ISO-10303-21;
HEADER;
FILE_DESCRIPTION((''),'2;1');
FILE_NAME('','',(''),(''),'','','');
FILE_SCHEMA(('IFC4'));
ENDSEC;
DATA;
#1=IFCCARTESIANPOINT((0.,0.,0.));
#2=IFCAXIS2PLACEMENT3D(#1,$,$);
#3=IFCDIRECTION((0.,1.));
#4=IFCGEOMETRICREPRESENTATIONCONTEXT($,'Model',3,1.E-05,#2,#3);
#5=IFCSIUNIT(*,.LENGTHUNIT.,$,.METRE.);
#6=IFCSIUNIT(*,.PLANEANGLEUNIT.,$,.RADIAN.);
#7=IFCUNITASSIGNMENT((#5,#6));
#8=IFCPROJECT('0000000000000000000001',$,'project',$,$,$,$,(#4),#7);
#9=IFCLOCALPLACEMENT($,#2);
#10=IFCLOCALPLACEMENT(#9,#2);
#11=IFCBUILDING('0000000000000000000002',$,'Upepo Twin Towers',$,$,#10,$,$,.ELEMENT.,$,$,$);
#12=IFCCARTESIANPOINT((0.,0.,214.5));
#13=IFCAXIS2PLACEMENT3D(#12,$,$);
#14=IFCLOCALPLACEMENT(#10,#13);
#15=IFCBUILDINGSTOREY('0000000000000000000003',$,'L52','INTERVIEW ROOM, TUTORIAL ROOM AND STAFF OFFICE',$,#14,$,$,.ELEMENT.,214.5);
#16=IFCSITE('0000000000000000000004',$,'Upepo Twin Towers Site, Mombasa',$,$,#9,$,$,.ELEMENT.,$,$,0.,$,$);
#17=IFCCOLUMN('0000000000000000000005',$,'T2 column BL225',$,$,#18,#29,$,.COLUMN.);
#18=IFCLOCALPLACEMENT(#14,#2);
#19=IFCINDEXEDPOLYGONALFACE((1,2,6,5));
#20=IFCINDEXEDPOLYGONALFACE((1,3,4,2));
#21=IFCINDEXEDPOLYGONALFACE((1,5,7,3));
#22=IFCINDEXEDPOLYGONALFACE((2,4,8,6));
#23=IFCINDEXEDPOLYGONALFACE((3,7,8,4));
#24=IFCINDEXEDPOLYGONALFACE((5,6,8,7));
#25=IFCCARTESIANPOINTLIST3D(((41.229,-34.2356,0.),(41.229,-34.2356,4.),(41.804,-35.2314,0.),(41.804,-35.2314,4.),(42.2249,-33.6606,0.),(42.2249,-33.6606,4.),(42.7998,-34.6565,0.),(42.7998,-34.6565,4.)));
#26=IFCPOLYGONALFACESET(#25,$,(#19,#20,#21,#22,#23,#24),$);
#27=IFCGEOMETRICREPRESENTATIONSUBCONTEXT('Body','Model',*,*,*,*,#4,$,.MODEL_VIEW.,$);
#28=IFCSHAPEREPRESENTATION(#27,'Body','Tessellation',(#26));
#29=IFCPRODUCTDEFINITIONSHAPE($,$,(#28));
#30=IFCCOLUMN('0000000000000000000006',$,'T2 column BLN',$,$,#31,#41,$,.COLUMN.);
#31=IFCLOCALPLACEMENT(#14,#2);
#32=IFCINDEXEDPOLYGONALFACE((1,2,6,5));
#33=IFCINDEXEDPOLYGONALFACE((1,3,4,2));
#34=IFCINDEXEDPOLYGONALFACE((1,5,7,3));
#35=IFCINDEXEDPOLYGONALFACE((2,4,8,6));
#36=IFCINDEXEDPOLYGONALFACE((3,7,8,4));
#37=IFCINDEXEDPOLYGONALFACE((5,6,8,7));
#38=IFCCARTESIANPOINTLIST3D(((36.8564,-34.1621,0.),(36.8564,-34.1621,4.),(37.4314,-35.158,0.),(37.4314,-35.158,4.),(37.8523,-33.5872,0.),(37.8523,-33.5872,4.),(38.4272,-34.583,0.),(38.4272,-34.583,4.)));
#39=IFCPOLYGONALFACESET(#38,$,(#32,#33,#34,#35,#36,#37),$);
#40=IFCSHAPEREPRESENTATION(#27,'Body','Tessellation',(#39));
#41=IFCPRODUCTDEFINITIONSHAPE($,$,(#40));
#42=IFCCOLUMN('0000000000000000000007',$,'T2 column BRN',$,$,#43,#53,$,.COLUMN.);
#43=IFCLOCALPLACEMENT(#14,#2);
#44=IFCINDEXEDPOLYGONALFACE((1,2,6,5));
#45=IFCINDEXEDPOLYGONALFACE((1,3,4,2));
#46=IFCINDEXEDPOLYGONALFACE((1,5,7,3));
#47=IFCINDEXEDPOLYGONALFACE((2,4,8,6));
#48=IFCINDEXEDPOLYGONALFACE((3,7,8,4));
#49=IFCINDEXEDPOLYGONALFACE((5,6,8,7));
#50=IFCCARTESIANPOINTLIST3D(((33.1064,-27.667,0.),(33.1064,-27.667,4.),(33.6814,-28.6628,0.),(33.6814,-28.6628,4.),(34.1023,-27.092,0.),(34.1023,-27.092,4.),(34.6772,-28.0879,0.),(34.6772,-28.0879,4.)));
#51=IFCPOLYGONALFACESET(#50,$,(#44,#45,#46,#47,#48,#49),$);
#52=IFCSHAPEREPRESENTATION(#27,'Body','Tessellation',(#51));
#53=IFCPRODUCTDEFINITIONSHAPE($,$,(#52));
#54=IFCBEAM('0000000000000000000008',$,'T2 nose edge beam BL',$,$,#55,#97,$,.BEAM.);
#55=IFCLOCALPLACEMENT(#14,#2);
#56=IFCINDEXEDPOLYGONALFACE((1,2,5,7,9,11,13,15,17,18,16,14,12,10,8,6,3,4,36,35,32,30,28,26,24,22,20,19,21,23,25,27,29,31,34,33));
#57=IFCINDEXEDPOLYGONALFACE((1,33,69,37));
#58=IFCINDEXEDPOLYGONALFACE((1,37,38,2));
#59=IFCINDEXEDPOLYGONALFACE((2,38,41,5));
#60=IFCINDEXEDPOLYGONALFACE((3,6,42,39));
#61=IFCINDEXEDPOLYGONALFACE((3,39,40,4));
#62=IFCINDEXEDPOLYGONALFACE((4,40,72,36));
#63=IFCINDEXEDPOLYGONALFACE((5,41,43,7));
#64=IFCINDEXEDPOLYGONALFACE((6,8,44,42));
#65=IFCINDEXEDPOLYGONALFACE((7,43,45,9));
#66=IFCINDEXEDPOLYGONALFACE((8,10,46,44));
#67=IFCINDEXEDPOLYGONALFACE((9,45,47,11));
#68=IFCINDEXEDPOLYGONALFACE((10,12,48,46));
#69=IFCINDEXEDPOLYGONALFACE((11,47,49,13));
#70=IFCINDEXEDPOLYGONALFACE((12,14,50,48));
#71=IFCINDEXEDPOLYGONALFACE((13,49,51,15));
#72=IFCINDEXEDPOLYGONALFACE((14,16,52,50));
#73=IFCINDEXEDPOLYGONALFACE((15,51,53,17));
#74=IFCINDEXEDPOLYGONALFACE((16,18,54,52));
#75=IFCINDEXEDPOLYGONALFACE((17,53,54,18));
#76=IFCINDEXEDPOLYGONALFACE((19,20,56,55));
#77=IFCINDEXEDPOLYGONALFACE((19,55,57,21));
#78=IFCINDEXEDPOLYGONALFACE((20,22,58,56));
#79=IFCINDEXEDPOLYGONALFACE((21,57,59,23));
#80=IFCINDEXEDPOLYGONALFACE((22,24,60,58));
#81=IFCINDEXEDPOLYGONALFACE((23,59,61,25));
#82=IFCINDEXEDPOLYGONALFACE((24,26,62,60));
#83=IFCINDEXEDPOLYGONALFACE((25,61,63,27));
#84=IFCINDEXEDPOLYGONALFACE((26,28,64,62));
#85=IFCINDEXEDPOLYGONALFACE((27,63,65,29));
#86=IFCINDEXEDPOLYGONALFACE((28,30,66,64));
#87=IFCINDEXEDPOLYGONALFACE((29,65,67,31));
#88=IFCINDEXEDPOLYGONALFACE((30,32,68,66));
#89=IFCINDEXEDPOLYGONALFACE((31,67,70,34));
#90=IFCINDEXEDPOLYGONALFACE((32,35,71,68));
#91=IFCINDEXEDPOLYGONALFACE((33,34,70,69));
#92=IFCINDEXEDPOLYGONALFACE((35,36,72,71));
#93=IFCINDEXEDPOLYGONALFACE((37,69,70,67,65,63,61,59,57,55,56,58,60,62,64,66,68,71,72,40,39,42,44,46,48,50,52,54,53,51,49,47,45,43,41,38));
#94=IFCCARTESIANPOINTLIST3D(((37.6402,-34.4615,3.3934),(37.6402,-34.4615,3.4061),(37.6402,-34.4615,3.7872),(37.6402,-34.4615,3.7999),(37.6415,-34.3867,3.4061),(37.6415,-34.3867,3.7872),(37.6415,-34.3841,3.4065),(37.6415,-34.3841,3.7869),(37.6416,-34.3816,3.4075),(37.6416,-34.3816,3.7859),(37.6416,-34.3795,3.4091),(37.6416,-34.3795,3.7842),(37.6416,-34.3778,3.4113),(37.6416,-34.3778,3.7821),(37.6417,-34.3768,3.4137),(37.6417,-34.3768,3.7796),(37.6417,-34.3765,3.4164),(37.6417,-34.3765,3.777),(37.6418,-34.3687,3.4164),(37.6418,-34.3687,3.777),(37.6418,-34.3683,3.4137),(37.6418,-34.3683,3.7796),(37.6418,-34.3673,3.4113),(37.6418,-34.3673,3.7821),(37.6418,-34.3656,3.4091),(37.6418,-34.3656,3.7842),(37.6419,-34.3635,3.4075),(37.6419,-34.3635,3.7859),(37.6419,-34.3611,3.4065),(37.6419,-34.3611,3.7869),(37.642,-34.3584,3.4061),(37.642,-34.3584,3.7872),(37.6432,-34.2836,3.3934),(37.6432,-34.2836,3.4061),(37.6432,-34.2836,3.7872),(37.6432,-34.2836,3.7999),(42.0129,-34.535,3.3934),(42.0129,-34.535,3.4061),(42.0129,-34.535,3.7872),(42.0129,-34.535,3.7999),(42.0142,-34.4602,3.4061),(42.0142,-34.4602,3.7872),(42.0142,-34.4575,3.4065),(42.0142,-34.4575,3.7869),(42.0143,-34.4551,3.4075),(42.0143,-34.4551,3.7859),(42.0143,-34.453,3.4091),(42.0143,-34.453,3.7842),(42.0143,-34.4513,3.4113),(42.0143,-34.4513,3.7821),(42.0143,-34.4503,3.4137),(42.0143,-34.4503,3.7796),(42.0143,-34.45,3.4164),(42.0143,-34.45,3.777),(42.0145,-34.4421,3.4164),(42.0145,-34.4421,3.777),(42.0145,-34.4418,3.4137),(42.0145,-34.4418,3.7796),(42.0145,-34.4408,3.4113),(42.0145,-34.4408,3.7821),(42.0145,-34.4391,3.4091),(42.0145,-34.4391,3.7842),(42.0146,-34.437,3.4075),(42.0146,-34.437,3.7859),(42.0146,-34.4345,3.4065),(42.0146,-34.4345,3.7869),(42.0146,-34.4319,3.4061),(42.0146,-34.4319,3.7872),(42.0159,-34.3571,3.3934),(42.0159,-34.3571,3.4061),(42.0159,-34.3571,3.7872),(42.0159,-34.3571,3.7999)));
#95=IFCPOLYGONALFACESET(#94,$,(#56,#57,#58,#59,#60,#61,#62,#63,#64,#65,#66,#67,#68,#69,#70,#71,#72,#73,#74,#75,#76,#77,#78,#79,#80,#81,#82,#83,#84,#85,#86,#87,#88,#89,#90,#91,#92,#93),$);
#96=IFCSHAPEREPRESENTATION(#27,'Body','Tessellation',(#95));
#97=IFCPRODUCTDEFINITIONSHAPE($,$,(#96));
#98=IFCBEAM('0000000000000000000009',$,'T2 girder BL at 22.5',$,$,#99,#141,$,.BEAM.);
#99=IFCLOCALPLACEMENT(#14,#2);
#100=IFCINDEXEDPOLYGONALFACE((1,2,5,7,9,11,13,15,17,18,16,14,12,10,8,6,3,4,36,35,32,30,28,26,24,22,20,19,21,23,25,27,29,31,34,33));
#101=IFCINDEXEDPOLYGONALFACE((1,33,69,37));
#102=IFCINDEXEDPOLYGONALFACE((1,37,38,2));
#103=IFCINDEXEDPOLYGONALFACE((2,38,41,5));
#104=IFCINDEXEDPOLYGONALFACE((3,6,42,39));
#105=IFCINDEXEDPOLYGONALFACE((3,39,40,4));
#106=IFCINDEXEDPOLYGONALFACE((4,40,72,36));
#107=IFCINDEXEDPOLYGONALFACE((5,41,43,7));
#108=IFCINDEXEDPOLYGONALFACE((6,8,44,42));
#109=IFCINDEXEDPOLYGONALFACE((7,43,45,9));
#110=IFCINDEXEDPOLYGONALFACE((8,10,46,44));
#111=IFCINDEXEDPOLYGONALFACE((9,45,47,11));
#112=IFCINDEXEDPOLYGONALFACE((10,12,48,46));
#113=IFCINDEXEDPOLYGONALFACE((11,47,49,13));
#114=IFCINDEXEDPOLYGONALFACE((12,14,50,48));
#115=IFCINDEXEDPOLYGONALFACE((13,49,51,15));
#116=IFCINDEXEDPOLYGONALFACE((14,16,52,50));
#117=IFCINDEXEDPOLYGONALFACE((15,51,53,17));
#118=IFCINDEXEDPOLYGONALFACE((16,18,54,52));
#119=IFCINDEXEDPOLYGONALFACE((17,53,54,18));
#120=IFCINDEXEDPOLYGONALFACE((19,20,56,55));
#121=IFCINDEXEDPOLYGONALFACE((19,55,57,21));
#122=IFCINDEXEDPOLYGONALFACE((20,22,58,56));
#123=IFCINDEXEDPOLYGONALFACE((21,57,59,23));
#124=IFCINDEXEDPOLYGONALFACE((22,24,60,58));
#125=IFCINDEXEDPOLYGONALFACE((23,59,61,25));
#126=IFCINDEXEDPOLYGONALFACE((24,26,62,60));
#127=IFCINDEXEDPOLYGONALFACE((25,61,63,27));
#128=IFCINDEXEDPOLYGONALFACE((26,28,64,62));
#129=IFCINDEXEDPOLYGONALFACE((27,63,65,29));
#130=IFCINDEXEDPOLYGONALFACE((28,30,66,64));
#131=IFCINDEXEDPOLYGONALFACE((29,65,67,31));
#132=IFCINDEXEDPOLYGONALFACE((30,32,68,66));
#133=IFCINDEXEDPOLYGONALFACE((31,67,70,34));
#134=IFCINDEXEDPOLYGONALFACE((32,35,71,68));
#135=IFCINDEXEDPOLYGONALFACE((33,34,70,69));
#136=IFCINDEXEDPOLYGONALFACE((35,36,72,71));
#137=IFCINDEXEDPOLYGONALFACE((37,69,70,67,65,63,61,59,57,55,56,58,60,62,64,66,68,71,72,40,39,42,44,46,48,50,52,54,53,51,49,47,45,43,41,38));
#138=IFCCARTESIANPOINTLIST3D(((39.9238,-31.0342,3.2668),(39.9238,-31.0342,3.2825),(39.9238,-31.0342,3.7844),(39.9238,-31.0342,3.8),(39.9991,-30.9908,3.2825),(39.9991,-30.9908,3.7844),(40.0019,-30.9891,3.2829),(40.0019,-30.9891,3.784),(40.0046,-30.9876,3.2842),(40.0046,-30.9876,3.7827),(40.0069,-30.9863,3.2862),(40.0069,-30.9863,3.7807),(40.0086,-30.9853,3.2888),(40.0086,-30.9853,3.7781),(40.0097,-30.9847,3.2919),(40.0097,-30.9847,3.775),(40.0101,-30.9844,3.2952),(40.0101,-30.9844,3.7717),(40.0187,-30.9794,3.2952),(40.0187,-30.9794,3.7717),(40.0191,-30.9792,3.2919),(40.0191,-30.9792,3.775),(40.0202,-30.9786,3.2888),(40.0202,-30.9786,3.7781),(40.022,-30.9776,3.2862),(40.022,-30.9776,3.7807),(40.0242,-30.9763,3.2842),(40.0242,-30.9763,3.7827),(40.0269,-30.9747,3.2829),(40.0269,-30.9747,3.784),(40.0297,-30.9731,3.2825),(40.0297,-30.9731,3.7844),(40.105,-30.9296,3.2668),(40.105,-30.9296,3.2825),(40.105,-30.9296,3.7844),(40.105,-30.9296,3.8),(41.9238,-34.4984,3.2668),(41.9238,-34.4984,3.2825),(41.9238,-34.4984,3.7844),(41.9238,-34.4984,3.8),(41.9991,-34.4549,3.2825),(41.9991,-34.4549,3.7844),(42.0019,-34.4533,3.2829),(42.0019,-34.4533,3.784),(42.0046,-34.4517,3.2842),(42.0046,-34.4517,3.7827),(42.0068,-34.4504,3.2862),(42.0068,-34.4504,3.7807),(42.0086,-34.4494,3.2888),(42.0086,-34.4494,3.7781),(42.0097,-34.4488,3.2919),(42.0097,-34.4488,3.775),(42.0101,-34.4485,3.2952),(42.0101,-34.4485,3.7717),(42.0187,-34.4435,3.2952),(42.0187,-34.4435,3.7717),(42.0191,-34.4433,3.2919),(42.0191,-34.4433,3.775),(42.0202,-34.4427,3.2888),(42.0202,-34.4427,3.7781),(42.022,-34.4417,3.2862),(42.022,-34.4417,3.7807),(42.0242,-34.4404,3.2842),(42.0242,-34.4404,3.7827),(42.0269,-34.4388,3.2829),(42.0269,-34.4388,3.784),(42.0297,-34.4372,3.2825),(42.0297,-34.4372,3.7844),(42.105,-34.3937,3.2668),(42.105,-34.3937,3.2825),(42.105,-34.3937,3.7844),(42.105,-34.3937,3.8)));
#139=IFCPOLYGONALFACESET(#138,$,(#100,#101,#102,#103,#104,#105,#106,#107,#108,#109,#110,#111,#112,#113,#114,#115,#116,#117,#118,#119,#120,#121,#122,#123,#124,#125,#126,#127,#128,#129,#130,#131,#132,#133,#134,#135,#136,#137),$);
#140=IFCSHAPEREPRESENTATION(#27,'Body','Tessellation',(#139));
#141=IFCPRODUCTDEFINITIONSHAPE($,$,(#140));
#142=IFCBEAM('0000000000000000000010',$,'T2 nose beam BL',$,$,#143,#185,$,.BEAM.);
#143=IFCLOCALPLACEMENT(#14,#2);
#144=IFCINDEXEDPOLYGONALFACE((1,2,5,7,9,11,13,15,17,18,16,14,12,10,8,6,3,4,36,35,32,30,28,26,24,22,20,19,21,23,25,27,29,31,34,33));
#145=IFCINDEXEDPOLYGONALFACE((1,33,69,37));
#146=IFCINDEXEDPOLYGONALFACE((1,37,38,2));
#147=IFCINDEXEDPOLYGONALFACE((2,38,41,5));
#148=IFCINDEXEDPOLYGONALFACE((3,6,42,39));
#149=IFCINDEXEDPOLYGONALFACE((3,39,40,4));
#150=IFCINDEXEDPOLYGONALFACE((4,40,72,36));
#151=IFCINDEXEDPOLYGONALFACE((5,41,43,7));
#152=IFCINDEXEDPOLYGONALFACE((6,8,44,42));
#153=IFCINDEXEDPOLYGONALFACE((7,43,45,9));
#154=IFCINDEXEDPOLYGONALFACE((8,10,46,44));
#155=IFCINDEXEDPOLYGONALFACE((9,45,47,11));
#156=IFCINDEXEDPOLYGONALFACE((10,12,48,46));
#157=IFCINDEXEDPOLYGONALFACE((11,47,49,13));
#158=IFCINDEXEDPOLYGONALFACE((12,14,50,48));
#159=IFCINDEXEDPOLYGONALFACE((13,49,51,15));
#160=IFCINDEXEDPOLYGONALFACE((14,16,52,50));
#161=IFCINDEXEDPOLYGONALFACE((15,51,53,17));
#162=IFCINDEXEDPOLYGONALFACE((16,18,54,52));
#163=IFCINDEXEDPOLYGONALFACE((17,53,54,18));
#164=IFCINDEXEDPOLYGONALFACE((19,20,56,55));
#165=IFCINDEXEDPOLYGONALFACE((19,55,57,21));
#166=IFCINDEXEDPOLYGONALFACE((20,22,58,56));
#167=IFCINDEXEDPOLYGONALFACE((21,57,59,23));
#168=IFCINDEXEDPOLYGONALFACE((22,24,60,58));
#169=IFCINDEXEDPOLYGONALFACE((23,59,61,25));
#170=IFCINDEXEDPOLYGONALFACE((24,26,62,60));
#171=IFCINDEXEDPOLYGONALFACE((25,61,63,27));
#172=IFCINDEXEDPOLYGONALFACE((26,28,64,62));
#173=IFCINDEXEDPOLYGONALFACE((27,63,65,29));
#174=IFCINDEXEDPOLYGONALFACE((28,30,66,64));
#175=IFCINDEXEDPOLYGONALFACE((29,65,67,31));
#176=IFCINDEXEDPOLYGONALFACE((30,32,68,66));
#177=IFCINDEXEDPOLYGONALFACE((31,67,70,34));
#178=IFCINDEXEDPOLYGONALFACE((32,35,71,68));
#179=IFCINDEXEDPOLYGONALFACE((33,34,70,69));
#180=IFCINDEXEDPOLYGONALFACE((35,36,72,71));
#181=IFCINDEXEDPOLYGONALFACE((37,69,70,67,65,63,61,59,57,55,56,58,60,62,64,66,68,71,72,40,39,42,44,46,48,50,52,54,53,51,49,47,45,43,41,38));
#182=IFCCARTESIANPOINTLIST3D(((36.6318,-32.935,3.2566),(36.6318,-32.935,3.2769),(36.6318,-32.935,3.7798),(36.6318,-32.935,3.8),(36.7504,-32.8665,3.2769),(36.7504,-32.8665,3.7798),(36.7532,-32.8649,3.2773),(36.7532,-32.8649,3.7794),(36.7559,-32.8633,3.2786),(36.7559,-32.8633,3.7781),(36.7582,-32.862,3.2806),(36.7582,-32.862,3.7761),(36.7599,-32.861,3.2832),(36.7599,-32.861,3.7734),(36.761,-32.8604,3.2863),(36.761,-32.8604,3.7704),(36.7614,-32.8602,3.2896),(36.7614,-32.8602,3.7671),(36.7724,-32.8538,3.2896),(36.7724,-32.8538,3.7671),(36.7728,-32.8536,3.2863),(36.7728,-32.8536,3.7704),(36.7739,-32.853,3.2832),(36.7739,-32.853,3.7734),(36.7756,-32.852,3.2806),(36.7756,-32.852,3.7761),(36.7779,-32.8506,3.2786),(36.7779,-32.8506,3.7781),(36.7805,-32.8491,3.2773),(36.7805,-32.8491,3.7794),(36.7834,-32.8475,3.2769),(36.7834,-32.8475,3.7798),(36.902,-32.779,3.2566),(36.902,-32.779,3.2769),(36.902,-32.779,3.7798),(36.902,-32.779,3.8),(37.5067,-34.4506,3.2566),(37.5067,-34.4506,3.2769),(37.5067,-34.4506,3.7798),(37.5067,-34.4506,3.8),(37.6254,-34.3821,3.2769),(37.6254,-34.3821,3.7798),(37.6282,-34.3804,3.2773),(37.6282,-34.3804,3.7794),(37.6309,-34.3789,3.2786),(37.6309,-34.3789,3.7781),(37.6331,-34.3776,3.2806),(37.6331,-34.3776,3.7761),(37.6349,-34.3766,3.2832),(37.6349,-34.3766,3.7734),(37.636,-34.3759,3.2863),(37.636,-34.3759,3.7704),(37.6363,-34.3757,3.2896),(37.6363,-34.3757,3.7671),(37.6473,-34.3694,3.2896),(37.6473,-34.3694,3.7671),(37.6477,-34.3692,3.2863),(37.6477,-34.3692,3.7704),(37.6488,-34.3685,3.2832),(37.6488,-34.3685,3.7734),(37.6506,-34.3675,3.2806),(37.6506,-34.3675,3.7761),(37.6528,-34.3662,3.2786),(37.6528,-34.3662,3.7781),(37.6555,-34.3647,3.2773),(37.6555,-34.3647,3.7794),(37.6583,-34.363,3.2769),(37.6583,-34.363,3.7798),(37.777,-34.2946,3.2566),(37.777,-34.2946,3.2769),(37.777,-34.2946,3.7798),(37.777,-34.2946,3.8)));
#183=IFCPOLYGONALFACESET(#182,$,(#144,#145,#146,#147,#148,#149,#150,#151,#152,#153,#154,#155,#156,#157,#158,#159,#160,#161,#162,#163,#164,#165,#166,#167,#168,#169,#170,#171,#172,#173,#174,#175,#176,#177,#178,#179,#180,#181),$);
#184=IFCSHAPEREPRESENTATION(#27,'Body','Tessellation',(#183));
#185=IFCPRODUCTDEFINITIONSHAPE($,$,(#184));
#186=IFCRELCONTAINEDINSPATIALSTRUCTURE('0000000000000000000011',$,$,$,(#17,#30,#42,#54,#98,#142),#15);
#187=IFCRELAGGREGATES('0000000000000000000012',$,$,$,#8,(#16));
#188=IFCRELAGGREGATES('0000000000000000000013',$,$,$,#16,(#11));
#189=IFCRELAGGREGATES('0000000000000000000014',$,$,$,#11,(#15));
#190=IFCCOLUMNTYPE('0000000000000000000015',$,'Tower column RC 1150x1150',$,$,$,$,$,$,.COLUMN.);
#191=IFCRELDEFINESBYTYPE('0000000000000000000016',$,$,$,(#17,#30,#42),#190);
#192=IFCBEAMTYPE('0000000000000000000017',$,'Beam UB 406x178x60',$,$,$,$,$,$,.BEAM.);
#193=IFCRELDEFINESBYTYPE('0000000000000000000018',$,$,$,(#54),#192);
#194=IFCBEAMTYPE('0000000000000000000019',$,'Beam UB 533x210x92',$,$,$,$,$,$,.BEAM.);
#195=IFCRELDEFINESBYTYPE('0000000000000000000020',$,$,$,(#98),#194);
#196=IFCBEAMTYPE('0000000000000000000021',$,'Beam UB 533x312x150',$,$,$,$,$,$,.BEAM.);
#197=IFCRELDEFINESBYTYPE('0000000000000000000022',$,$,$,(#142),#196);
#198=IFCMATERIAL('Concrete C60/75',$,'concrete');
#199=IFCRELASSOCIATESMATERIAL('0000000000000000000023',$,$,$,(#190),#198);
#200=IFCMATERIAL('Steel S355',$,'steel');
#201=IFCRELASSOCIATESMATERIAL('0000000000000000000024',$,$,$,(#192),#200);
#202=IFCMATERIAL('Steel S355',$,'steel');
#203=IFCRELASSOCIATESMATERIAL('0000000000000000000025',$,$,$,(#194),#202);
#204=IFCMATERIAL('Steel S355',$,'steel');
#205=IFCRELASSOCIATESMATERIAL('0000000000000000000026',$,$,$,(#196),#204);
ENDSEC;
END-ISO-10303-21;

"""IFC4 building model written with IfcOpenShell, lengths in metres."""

from ifc_helpers import new_model, si_unit, direction, frame, origin, origin_2d, place, context, subcontext, project, spatial, rectangle, i_section, extrude, material, material_profile, profile_set, type_object, element, save


model = new_model("IFC4")

# Units and contexts
model_context = context("Model", 3, precision=1e-05, world=origin(), true_north=direction((0.0, 1.0)))
body_context = subcontext(model_context, "Body", "Model", "MODEL_VIEW")
ifc_project = project(units=[si_unit("LENGTHUNIT", "METRE"), si_unit("PLANEANGLEUNIT", "RADIAN")], contexts=[model_context])

# Site, building, storey
site_placement = place(None, origin())
site = spatial("IfcSite", under=ifc_project, at=site_placement, Name="Upepo Twin Towers Site, Mombasa", CompositionType="ELEMENT", RefElevation=0.0)
building_placement = place(site_placement, origin())
building = spatial("IfcBuilding", under=site, at=building_placement, Name="Upepo Twin Towers", CompositionType="ELEMENT")
storey_placement = place(building_placement, frame((0.0, 0.0, 214.5)))
storey = spatial("IfcBuildingStorey", under=building, at=storey_placement, Name="L52", Description="INTERVIEW ROOM, TUTORIAL ROOM AND STAFF OFFICE", CompositionType="ELEMENT", Elevation=214.5)

# Columns
ifc_material_1 = material(Name="Concrete C60/75", Category="concrete")
ifc_material_profile_1 = material_profile(ifc_material_1, rectangle(XDim=1.1499, YDim=1.1499, at=origin_2d()), Name="RC 1150x1150")
ifc_profile_set_1 = profile_set([ifc_material_profile_1], Name="Concrete C60/75")
column_type = type_object("IfcColumnType", Name="Tower column RC 1150x1150", PredefinedType="COLUMN", material=ifc_profile_set_1)
for number, where, z_axis, x_axis, name in (
    (1, (42.0144, -34.446, 0.0), (0.0, 0.0, 1.0), (0.866025, 0.5, 0.0), "T2 column BL225"),
    (2, (37.6418, -34.3726, 0.0), (0.0, 0.0, 1.0), (0.866025, 0.5, 0.0), "T2 column BLN"),
    (3, (33.8918, -27.8774, 0.0), (0.0, 0.0, 1.0), (0.866025, 0.5, 0.0), "T2 column BRN"),
):
    element("IfcColumn", number, at=place(storey_placement, frame(where, z_axis=z_axis, x_axis=x_axis)), inside=storey, type_object=column_type, Name=name, PredefinedType="COLUMN", context=body_context, shape_type="SweptSolid", body=[
        extrude(rectangle(XDim=1.1499, YDim=1.1499, at=origin_2d()), origin(), (0.0, 0.0, 1.0), 4.0),
    ])

# Beams
ifc_material_2 = material(Name="Steel S355", Category="steel")
ifc_material_profile_2 = material_profile(ifc_material_2, i_section(OverallWidth=0.178, OverallDepth=0.4065, WebThickness=0.0078, FlangeThickness=0.0127, FilletRadius=0.0103, at=origin_2d()), Name="UB 406x178x60")
ifc_profile_set_2 = profile_set([ifc_material_profile_2], Name="Steel S355")
beam_type_1 = type_object("IfcBeamType", Name="Beam UB 406x178x60", PredefinedType="BEAM", material=ifc_profile_set_2)
beam_1_placement = place(storey_placement, frame((42.0144, -34.446, 3.5967), z_axis=(-0.999859, 0.016804, 0.0), x_axis=(-0.016804, -0.999859, 0.0)))
element("IfcBeam", 4, at=beam_1_placement, inside=storey, type_object=beam_type_1, Name="T2 nose edge beam BL", PredefinedType="BEAM", context=body_context, shape_type="SweptSolid", body=[
    extrude(i_section(OverallWidth=0.178, OverallDepth=0.4065, WebThickness=0.0078, FlangeThickness=0.0127, FilletRadius=0.0103, at=origin_2d()), origin(), (0.0, 0.0, 1.0), 4.3733),
])
ifc_material_3 = material(Name="Steel S355", Category="steel")
ifc_material_profile_3 = material_profile(ifc_material_3, i_section(OverallWidth=0.2092, OverallDepth=0.5332, WebThickness=0.01, FlangeThickness=0.0156, FilletRadius=0.0127, at=origin_2d()), Name="UB 533x210x92")
ifc_profile_set_3 = profile_set([ifc_material_profile_3], Name="Steel S355")
beam_type_2 = type_object("IfcBeamType", Name="Beam UB 533x210x92", PredefinedType="BEAM", material=ifc_profile_set_3)
beam_2_placement = place(storey_placement, frame((42.0144, -34.446, 3.5334), z_axis=(-0.499999, 0.866026, 0.0), x_axis=(-0.866026, -0.499999, 0.0)))
element("IfcBeam", 5, at=beam_2_placement, inside=storey, type_object=beam_type_2, Name="T2 girder BL at 22.5", PredefinedType="BEAM", context=body_context, shape_type="SweptSolid", body=[
    extrude(i_section(OverallWidth=0.2092, OverallDepth=0.5332, WebThickness=0.01, FlangeThickness=0.0156, FilletRadius=0.0127, at=origin_2d()), origin(), (0.0, 0.0, 1.0), 4.0),
])
ifc_material_4 = material(Name="Steel S355", Category="steel")
ifc_material_profile_4 = material_profile(ifc_material_4, i_section(OverallWidth=0.312, OverallDepth=0.5435, WebThickness=0.0127, FlangeThickness=0.0203, FilletRadius=0.0127, at=origin_2d()), Name="UB 533x312x150")
ifc_profile_set_4 = profile_set([ifc_material_profile_4], Name="Steel S355")
beam_type_3 = type_object("IfcBeamType", Name="Beam UB 533x312x150", PredefinedType="BEAM", material=ifc_profile_set_4)
for number, where, z_axis, x_axis, name in (
    (6, (37.6418, -34.3726, 3.5283), (-0.49998, 0.866037, 0.0), (-0.866037, -0.49998, 0.0), "T2 nose beam BL"),
):
    element("IfcBeam", number, at=place(storey_placement, frame(where, z_axis=z_axis, x_axis=x_axis)), inside=storey, type_object=beam_type_3, Name=name, PredefinedType="BEAM", context=body_context, shape_type="SweptSolid", body=[
        extrude(i_section(OverallWidth=0.312, OverallDepth=0.5435, WebThickness=0.0127, FlangeThickness=0.0203, FilletRadius=0.0127, at=origin_2d()), origin(), (0.0, 0.0, 1.0), 1.75),
    ])

save(model, "model.ifc")
